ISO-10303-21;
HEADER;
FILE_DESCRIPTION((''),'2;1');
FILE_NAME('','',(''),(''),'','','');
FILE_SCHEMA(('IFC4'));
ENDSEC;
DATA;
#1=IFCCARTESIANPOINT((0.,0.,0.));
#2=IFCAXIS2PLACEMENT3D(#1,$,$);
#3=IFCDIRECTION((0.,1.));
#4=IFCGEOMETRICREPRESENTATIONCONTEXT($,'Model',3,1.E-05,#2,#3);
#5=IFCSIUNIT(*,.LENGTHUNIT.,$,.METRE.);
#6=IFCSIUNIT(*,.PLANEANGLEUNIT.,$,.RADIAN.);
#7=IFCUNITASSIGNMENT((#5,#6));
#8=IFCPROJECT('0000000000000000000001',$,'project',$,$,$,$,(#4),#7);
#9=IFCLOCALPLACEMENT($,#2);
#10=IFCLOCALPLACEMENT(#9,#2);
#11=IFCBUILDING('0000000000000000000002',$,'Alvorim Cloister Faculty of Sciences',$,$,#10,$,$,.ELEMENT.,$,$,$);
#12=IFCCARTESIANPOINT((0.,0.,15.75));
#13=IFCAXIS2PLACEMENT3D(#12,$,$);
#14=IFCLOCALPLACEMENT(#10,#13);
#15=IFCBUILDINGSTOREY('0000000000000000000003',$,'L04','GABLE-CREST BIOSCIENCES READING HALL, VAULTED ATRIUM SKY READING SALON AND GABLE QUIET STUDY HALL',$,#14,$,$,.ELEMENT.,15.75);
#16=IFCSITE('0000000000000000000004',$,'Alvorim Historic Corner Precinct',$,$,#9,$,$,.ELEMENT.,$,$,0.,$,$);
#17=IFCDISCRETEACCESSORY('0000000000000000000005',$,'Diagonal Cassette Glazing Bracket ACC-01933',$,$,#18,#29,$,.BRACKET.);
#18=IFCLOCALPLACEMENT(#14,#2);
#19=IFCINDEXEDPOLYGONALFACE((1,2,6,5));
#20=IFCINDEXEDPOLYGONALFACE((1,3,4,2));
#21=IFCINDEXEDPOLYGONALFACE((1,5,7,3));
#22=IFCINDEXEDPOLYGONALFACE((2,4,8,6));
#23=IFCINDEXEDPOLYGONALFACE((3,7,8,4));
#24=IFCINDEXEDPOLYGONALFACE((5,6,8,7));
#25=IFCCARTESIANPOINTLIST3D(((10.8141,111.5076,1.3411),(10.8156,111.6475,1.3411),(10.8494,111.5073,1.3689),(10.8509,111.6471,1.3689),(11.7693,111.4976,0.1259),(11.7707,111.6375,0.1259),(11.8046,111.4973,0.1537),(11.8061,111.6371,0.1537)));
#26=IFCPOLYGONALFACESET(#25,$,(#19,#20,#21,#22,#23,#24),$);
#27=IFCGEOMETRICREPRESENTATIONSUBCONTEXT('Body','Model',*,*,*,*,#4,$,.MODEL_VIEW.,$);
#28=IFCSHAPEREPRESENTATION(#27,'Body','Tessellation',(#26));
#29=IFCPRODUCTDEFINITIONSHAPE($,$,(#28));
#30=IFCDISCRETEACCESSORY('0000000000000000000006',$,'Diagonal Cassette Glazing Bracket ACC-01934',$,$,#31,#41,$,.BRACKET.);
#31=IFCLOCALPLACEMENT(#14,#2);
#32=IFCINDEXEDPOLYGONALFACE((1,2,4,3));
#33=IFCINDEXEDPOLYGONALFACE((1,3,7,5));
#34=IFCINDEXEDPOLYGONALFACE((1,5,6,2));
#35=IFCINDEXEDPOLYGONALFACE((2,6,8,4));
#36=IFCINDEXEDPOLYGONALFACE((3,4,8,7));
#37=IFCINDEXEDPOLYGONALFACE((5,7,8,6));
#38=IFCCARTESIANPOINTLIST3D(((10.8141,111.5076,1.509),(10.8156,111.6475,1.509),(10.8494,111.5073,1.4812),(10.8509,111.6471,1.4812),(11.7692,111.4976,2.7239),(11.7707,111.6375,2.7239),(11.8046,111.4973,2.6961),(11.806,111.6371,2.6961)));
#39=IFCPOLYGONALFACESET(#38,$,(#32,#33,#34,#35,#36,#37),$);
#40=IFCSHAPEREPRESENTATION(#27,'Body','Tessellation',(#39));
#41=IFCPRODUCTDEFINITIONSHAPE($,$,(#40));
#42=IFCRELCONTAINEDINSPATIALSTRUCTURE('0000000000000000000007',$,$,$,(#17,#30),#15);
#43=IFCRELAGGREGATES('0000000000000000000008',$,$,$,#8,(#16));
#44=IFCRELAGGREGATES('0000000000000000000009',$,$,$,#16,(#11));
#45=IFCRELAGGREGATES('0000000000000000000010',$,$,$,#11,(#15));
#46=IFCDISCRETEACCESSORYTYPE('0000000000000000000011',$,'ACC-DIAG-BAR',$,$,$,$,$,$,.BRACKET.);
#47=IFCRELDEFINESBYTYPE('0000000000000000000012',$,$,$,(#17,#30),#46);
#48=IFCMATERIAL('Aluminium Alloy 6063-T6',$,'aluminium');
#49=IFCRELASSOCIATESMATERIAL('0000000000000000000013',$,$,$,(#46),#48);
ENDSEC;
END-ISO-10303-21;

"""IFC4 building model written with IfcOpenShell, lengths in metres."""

from ifc_helpers import new_model, si_unit, direction, frame, origin, origin_2d, place, context, subcontext, project, spatial, rectangle, extrude, material, type_object, element, save


model = new_model("IFC4")

# Units and contexts
model_context = context("Model", 3, precision=1e-05, world=origin(), true_north=direction((0.0, 1.0)))
body_context = subcontext(model_context, "Body", "Model", "MODEL_VIEW")
ifc_project = project(units=[si_unit("LENGTHUNIT", "METRE"), si_unit("PLANEANGLEUNIT", "RADIAN")], contexts=[model_context])

# Site, building, storey
site_placement = place(None, origin())
site = spatial("IfcSite", under=ifc_project, at=site_placement, Name="Alvorim Historic Corner Precinct", CompositionType="ELEMENT", RefElevation=0.0)
building_placement = place(site_placement, origin())
building = spatial("IfcBuilding", under=site, at=building_placement, Name="Alvorim Cloister Faculty of Sciences", CompositionType="ELEMENT")
storey_placement = place(building_placement, frame((0.0, 0.0, 15.75)))
storey = spatial("IfcBuildingStorey", under=building, at=storey_placement, Name="L04", Description="GABLE-CREST BIOSCIENCES READING HALL, VAULTED ATRIUM SKY READING SALON AND GABLE QUIET STUDY HALL", CompositionType="ELEMENT", Elevation=15.75)

# Shared definitions
ifc_material_1 = material(Name="Aluminium Alloy 6063-T6", Category="aluminium")

# Discrete accessories
discrete_accessory_type = type_object("IfcDiscreteAccessoryType", Name="ACC-DIAG-BAR", PredefinedType="BRACKET", material=ifc_material_1)
discrete_accessory_1_placement = place(storey_placement, frame((10.8325, 111.5774, 1.355), z_axis=(0.617955, -0.006477, -0.786187), x_axis=(0.01048, 0.999945, 0.0)))
element("IfcDiscreteAccessory", 1, at=discrete_accessory_1_placement, inside=storey, type_object=discrete_accessory_type, Name="Diagonal Cassette Glazing Bracket ACC-01933", PredefinedType="BRACKET", context=body_context, shape_type="SweptSolid", body=[
    extrude(rectangle(XDim=0.1399, YDim=0.0449, at=origin_2d()), origin(), (0.0, 0.0, 1.0), 1.5457),
])
discrete_accessory_2_placement = place(storey_placement, frame((10.8325, 111.5774, 1.4951), z_axis=(0.618032, -0.006477, 0.786126), x_axis=(0.01048, 0.999945, 0.0)))
element("IfcDiscreteAccessory", 2, at=discrete_accessory_2_placement, inside=storey, type_object=discrete_accessory_type, Name="Diagonal Cassette Glazing Bracket ACC-01934", PredefinedType="BRACKET", context=body_context, shape_type="SweptSolid", body=[
    extrude(rectangle(XDim=0.1399, YDim=0.0449, at=origin_2d()), origin(), (0.0, 0.0, 1.0), 1.5454),
])

save(model, "model.ifc")
